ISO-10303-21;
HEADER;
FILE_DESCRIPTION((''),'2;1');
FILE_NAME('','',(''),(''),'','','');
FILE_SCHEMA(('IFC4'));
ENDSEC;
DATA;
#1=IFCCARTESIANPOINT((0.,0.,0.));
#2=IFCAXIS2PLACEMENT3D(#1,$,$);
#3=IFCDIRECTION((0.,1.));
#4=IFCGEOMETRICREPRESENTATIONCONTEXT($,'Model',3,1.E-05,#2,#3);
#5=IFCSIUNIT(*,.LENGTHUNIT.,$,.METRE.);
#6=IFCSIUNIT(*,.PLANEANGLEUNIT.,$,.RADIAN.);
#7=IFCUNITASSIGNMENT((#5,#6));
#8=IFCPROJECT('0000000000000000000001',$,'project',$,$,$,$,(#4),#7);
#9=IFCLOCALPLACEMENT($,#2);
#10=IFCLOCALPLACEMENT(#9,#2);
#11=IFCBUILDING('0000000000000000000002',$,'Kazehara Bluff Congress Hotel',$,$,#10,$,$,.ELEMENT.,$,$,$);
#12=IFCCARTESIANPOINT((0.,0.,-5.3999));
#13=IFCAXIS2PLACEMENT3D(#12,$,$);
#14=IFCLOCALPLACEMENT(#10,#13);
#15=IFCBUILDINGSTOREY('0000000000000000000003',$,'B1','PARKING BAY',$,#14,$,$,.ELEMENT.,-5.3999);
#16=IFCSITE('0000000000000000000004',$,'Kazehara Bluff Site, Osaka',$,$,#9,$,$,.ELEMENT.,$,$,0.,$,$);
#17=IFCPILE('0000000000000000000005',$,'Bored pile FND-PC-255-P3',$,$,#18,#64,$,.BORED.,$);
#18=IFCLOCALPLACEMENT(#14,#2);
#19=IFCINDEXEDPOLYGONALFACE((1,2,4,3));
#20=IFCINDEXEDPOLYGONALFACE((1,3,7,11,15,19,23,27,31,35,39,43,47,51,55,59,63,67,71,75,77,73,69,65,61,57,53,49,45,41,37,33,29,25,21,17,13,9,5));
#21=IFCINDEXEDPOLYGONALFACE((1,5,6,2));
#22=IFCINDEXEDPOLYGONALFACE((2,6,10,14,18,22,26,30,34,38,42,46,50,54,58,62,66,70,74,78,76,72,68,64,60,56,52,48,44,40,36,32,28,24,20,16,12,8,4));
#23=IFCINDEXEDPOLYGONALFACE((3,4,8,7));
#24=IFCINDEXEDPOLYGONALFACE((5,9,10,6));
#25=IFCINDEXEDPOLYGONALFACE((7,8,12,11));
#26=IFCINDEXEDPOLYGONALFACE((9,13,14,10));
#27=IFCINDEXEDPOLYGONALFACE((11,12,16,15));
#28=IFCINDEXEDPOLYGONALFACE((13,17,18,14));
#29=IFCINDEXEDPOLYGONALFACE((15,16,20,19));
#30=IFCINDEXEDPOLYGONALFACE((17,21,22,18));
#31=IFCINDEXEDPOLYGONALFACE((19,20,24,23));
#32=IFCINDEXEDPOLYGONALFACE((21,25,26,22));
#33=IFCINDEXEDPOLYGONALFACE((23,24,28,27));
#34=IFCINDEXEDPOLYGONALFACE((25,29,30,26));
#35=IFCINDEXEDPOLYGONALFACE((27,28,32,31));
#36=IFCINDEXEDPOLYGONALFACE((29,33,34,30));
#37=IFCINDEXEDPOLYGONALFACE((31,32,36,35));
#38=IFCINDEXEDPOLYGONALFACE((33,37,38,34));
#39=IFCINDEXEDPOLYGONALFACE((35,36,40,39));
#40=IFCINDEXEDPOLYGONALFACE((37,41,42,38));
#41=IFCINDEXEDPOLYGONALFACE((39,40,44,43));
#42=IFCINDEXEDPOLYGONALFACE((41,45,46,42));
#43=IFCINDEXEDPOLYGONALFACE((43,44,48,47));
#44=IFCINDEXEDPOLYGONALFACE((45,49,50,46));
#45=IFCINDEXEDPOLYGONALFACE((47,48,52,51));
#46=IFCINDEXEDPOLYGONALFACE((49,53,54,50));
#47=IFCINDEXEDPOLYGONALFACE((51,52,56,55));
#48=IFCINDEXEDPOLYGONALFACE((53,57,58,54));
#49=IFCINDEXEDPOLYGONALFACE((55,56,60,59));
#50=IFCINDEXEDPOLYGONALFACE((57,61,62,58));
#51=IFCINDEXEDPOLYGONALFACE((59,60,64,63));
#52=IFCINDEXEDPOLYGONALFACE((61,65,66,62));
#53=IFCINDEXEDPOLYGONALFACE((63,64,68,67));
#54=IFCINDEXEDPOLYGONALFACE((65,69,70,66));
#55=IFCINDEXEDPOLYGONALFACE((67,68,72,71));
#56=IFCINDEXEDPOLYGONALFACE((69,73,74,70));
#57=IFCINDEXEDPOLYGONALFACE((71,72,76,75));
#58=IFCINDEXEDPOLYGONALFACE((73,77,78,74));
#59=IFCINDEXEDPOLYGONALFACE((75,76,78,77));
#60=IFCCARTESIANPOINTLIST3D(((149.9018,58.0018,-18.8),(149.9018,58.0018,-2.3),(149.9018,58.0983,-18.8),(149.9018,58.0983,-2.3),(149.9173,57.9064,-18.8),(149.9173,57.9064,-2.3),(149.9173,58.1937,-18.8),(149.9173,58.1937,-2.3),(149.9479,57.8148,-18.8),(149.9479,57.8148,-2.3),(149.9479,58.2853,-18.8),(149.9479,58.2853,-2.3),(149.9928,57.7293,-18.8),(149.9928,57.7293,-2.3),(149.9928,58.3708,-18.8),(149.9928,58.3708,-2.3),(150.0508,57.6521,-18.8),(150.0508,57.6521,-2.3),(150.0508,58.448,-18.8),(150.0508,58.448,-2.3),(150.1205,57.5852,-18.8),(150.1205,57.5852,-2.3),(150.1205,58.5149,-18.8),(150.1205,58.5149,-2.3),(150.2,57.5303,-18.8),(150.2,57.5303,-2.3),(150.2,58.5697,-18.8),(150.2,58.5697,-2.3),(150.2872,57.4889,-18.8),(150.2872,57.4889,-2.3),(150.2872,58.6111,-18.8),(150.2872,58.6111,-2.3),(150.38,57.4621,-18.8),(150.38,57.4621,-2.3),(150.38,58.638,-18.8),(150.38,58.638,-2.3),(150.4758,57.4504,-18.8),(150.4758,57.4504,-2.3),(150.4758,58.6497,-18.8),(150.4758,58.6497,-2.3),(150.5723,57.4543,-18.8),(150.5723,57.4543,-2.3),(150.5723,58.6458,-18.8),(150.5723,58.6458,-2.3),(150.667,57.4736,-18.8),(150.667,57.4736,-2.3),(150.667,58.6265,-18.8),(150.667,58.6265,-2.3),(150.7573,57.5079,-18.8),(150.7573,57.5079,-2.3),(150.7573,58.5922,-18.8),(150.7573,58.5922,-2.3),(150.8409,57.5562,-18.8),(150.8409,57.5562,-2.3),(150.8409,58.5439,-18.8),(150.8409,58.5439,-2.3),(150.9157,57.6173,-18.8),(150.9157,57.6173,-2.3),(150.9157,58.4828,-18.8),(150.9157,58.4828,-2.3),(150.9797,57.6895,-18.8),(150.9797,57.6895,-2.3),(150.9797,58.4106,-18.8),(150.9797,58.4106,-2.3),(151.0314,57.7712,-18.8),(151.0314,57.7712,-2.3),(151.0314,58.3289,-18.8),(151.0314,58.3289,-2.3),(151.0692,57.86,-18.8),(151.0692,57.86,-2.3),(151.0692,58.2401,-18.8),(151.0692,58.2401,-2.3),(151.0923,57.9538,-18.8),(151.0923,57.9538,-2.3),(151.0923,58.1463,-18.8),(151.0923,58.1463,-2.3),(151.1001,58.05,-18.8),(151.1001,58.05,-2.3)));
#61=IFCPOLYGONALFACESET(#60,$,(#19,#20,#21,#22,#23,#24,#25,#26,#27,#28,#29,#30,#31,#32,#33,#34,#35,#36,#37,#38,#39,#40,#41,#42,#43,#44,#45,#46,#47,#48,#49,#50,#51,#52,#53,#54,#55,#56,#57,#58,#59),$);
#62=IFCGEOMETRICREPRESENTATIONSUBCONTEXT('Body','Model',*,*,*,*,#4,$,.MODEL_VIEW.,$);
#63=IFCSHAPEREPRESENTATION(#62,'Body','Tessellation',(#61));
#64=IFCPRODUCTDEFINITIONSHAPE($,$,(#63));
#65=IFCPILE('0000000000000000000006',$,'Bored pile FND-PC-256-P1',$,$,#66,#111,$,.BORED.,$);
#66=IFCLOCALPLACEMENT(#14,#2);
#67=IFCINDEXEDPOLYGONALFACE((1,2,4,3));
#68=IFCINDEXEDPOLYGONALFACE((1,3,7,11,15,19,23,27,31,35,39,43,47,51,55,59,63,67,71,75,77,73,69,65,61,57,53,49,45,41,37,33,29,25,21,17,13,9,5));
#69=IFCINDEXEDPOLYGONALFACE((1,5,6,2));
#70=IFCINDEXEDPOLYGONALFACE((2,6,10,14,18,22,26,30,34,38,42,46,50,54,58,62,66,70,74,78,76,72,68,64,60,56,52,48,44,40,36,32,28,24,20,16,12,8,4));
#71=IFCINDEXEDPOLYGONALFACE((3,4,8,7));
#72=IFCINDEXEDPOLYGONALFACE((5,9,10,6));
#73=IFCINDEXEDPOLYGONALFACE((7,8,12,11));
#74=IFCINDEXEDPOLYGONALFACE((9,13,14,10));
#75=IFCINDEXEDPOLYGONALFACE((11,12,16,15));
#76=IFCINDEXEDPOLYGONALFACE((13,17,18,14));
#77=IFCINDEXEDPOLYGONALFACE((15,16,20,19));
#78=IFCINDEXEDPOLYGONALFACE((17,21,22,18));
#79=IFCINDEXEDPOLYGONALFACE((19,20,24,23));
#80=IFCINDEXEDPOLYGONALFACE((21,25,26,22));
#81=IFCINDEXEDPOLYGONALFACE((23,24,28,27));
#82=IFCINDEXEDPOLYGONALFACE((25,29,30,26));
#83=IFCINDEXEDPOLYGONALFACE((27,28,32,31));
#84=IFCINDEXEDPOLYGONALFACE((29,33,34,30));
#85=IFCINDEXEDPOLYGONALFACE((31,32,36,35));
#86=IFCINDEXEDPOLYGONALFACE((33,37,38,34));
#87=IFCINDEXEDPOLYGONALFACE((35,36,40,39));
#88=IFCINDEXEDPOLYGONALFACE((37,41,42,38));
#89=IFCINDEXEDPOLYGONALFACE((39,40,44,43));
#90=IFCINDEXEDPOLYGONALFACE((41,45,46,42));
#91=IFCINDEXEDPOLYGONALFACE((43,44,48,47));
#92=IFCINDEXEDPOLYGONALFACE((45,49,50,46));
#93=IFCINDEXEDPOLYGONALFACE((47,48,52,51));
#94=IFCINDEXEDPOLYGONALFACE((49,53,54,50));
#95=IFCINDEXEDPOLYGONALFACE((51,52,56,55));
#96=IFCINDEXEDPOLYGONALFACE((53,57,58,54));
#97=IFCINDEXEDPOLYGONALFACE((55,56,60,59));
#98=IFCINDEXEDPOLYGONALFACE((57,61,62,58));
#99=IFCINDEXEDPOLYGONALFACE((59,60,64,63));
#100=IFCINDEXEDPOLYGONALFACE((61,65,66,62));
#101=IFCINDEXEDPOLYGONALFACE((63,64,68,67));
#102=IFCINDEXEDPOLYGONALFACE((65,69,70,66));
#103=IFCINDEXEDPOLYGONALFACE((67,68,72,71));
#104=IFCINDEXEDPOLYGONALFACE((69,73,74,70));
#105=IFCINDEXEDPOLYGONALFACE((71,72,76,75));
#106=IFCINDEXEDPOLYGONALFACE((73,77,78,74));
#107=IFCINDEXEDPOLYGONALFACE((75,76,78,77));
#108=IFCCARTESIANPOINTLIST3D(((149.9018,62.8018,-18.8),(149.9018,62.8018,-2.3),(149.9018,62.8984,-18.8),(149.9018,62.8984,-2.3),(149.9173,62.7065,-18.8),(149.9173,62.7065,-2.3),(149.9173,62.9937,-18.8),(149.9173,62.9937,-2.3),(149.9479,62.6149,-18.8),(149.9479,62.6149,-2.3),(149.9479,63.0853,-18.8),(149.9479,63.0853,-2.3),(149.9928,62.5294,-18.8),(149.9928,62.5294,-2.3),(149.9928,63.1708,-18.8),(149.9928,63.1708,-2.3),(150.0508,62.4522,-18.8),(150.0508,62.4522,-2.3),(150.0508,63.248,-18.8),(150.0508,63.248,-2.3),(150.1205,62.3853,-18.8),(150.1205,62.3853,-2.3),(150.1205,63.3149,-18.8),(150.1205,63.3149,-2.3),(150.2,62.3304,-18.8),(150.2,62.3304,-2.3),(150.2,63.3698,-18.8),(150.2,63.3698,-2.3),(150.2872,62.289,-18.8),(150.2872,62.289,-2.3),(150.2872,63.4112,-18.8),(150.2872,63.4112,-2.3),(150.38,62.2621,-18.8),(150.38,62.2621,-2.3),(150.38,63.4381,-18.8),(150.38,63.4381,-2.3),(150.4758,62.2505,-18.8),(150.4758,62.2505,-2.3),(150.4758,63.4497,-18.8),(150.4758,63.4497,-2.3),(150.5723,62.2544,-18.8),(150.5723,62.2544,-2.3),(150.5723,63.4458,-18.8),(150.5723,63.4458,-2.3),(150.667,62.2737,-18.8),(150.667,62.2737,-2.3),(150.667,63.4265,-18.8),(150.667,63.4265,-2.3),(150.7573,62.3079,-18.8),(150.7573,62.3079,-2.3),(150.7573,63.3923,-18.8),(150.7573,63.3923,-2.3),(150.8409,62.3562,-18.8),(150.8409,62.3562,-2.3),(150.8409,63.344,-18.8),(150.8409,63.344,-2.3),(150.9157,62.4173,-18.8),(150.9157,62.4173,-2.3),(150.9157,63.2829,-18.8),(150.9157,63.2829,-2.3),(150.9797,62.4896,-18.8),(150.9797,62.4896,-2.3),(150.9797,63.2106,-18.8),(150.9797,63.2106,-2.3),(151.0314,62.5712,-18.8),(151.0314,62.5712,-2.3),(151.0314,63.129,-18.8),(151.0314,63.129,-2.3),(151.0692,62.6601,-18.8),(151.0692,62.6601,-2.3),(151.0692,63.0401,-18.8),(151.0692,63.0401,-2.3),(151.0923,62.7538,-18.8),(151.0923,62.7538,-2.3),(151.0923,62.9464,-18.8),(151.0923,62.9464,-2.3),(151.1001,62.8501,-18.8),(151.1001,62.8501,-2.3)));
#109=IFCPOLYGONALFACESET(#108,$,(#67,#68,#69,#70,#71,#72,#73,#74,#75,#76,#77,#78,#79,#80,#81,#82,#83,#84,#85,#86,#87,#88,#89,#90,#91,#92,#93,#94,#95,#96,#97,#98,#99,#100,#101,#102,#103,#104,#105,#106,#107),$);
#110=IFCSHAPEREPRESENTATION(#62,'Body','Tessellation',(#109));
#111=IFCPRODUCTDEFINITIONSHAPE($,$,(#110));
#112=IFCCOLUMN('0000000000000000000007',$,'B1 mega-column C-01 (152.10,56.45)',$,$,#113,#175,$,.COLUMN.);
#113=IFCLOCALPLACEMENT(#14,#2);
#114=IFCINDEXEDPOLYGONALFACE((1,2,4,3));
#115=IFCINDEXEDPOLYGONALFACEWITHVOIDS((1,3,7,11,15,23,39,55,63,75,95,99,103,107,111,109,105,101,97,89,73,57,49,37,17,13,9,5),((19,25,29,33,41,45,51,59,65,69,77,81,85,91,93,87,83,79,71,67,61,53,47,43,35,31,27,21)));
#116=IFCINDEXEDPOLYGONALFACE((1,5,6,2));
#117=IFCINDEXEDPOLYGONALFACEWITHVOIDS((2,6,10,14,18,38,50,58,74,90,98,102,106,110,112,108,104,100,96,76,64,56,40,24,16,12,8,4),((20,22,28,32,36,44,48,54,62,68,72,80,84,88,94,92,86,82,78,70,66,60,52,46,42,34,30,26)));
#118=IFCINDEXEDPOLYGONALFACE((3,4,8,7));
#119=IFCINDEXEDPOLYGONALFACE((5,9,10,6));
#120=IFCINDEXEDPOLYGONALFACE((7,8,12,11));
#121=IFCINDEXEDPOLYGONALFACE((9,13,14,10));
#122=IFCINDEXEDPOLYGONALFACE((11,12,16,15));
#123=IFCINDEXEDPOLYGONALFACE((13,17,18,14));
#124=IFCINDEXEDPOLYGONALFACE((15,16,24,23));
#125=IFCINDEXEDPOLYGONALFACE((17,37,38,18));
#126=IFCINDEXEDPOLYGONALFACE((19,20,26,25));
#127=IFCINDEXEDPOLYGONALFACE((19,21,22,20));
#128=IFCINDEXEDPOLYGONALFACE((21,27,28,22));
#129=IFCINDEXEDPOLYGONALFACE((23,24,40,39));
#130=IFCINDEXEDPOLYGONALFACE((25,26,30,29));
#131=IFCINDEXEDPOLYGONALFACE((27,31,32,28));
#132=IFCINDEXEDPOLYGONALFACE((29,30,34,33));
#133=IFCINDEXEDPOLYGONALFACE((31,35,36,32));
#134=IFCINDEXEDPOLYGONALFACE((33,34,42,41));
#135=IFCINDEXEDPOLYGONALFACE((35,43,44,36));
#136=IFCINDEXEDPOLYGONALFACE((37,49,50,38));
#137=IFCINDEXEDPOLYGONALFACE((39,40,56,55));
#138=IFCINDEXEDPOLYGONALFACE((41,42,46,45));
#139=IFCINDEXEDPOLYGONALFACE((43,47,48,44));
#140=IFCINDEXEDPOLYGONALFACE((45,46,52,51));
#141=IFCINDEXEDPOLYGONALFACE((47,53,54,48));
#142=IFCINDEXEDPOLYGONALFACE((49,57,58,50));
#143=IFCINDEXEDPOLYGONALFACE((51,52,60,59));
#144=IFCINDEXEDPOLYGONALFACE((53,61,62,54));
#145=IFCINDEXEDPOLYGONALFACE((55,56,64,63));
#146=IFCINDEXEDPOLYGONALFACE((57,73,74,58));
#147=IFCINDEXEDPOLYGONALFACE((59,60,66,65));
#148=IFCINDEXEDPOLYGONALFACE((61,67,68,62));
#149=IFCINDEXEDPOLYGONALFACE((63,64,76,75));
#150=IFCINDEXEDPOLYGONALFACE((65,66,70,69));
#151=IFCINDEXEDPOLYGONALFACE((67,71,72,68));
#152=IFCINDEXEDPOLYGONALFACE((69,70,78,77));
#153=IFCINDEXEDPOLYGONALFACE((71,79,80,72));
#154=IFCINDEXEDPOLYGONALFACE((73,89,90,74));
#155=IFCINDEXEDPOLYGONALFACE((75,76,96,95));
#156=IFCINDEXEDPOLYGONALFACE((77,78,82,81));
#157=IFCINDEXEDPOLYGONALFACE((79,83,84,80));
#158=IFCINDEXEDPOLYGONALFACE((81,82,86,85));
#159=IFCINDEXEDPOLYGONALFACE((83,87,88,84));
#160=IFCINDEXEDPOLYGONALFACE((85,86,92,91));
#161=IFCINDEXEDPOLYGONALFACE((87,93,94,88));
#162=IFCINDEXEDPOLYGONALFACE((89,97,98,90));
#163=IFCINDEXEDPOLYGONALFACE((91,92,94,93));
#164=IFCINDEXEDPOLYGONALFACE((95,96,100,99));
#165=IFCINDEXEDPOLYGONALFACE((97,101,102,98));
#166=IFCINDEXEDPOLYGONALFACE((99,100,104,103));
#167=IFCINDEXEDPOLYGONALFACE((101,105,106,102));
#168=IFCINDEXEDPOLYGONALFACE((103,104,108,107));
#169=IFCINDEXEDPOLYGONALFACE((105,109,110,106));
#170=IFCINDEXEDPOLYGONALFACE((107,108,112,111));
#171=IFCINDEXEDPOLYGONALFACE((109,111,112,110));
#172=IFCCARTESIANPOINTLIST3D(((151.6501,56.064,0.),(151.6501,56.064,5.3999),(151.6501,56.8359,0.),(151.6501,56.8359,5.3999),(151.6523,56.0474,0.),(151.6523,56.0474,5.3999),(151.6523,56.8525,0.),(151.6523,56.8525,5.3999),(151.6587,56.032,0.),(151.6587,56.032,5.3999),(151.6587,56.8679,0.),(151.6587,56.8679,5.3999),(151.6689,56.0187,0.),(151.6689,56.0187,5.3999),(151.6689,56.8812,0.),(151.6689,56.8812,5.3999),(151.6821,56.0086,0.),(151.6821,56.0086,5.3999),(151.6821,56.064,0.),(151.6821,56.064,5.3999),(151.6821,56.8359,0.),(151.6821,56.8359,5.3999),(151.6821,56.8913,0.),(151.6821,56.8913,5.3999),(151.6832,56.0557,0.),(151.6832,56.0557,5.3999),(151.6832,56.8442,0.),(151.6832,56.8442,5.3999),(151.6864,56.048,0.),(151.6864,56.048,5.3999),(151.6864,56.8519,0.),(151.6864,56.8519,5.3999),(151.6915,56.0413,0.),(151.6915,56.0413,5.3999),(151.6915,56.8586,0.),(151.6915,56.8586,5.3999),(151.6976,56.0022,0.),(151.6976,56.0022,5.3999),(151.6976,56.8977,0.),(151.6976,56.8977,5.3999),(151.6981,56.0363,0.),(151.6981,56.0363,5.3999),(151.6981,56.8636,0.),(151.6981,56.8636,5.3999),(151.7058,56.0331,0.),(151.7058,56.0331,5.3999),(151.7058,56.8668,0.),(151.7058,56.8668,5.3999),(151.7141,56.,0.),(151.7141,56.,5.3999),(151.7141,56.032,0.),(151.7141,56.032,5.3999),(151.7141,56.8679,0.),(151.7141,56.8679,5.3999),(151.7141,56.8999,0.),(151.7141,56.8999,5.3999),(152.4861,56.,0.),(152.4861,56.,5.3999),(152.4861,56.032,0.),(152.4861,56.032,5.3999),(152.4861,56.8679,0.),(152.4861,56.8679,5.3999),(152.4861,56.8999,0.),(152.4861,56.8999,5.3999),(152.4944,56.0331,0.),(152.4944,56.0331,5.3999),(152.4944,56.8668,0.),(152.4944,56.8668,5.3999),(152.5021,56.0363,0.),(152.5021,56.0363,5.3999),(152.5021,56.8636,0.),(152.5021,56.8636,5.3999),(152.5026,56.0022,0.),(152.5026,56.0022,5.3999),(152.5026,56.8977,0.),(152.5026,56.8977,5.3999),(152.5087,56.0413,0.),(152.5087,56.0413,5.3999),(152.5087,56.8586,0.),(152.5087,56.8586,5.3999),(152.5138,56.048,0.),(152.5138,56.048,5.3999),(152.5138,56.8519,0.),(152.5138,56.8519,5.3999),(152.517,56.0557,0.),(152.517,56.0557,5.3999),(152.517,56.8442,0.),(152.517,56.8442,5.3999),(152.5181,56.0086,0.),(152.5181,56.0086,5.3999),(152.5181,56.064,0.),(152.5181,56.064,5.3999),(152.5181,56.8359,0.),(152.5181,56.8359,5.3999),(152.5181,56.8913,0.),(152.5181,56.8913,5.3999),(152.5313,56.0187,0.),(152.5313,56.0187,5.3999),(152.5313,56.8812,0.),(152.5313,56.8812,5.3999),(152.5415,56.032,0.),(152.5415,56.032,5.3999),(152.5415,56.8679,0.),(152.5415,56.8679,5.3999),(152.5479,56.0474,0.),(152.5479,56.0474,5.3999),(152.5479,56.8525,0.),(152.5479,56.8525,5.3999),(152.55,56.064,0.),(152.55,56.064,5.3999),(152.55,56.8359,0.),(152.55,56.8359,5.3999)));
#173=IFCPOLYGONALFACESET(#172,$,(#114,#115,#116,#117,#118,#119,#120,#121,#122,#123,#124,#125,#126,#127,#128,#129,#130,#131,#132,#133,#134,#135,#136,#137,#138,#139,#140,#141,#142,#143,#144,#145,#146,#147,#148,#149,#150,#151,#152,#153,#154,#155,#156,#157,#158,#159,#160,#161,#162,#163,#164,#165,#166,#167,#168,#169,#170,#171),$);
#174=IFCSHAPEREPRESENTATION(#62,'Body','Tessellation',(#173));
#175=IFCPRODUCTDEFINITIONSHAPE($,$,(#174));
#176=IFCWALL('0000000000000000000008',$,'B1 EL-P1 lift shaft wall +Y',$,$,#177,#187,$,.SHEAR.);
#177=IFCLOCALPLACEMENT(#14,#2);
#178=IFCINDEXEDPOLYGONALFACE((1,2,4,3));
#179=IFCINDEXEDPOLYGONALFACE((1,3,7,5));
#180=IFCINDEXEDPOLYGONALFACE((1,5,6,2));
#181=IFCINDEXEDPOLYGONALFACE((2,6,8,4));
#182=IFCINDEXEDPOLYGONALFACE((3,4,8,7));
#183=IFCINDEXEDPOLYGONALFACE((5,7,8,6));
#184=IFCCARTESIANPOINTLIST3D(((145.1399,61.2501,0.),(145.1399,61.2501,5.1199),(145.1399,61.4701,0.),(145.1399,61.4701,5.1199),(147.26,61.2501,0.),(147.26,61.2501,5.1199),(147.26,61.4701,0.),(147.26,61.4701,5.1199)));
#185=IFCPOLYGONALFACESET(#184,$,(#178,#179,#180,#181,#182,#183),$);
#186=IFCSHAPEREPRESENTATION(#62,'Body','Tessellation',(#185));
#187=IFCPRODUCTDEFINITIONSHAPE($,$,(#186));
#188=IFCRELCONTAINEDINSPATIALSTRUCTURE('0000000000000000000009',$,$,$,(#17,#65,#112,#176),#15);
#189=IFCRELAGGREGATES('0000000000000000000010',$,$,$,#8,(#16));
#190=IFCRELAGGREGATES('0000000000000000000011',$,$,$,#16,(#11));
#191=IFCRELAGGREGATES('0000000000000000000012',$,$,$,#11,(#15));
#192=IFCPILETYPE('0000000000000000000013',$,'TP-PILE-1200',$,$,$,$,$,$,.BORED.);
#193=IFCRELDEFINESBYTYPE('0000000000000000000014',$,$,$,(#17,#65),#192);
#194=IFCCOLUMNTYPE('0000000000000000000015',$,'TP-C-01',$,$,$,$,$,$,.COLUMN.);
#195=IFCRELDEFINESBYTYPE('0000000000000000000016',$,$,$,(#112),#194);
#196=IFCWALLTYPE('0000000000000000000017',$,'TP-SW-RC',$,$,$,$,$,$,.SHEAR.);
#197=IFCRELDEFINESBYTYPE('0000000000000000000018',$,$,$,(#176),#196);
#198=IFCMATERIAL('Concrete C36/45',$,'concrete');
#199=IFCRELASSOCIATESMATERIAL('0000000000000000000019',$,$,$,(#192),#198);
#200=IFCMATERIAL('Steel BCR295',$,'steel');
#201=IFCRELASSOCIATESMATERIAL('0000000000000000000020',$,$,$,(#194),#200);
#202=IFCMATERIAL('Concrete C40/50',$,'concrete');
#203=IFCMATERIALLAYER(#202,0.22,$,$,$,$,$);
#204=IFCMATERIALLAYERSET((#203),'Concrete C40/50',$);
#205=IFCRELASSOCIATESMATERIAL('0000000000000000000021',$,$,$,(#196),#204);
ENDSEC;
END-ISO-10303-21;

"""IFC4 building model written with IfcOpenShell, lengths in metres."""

from ifc_helpers import new_model, si_unit, direction, frame, frame_2d, origin, origin_2d, place, context, subcontext, project, spatial, rectangle, hollow_rectangle, circle, extrude, material, layer, layer_set, material_profile, profile_set, type_object, element, save


model = new_model("IFC4")

# Units and contexts
model_context = context("Model", 3, precision=1e-05, world=origin(), true_north=direction((0.0, 1.0)))
body_context = subcontext(model_context, "Body", "Model", "MODEL_VIEW")
ifc_project = project(units=[si_unit("LENGTHUNIT", "METRE"), si_unit("PLANEANGLEUNIT", "RADIAN")], contexts=[model_context])

# Site, building, storey
site_placement = place(None, origin())
site = spatial("IfcSite", under=ifc_project, at=site_placement, Name="Kazehara Bluff Site, Osaka", CompositionType="ELEMENT", RefElevation=0.0)
building_placement = place(site_placement, origin())
building = spatial("IfcBuilding", under=site, at=building_placement, Name="Kazehara Bluff Congress Hotel", CompositionType="ELEMENT")
storey_placement = place(building_placement, frame((0.0, 0.0, -5.3999)))
storey = spatial("IfcBuildingStorey", under=building, at=storey_placement, Name="B1", Description="PARKING BAY", CompositionType="ELEMENT", Elevation=-5.3999)

# Piles
ifc_material_1 = material(Name="Concrete C36/45", Category="concrete")
ifc_material_profile_1 = material_profile(ifc_material_1, circle(Radius=0.6001, at=origin_2d()))
ifc_profile_set_1 = profile_set([ifc_material_profile_1], Name="Concrete C36/45")
pile_type = type_object("IfcPileType", Name="TP-PILE-1200", PredefinedType="BORED", material=ifc_profile_set_1)
for number, where, z_axis, x_axis, name in (
    (1, (150.5, 58.05, -2.3), (0.0, 0.0, -1.0), (1.0, 0.0, 0.0), "Bored pile FND-PC-255-P3"),
    (2, (150.5, 62.8501, -2.3), (0.0, 0.0, -1.0), (1.0, 0.0, 0.0), "Bored pile FND-PC-256-P1"),
):
    element("IfcPile", number, at=place(storey_placement, frame(where, z_axis=z_axis, x_axis=x_axis)), inside=storey, type_object=pile_type, Name=name, PredefinedType="BORED", context=body_context, shape_type="SweptSolid", body=[
        extrude(circle(Radius=0.6001, at=origin_2d()), origin(), (0.0, 0.0, 1.0), 16.5),
    ])

# Column
ifc_material_2 = material(Name="Steel BCR295", Category="steel")
ifc_material_profile_2 = material_profile(ifc_material_2, hollow_rectangle(XDim=0.8999, YDim=0.8999, WallThickness=0.032, InnerFilletRadius=0.032, OuterFilletRadius=0.064, at=origin_2d()))
ifc_profile_set_2 = profile_set([ifc_material_profile_2], Name="Steel BCR295")
column_type = type_object("IfcColumnType", Name="TP-C-01", PredefinedType="COLUMN", material=ifc_profile_set_2)
column_placement = place(storey_placement, frame((152.1001, 56.45, 0.0), z_axis=(0.0, 0.0, 1.0), x_axis=(1.0, 0.0, 0.0)))
element("IfcColumn", 3, at=column_placement, inside=storey, type_object=column_type, Name="B1 mega-column C-01 (152.10,56.45)", PredefinedType="COLUMN", context=body_context, shape_type="SweptSolid", body=[
    extrude(hollow_rectangle(XDim=0.8999, YDim=0.8999, WallThickness=0.032, InnerFilletRadius=0.032, OuterFilletRadius=0.064, at=origin_2d()), origin(), (0.0, 0.0, 1.0), 5.3999),
])

# Wall
ifc_material_3 = material(Name="Concrete C40/50", Category="concrete")
ifc_layer_1 = layer(ifc_material_3, 0.22)
ifc_layer_set_1 = layer_set([ifc_layer_1], Name="Concrete C40/50")
wall_type = type_object("IfcWallType", Name="TP-SW-RC", PredefinedType="SHEAR", material=ifc_layer_set_1)
wall_1_placement = place(storey_placement, frame((145.1399, 61.3601, 0.0), z_axis=(0.0, 0.0, 1.0), x_axis=(1.0, 0.0, 0.0)))
element("IfcWall", 4, at=wall_1_placement, inside=storey, type_object=wall_type, Name="B1 EL-P1 lift shaft wall +Y", PredefinedType="SHEAR", context=body_context, shape_type="SweptSolid", body=[
    extrude(rectangle(XDim=2.1201, YDim=0.22, at=frame_2d((1.0601, 0.0))), origin(), (0.0, 0.0, 1.0), 5.1199),
])

save(model, "model.ifc")
